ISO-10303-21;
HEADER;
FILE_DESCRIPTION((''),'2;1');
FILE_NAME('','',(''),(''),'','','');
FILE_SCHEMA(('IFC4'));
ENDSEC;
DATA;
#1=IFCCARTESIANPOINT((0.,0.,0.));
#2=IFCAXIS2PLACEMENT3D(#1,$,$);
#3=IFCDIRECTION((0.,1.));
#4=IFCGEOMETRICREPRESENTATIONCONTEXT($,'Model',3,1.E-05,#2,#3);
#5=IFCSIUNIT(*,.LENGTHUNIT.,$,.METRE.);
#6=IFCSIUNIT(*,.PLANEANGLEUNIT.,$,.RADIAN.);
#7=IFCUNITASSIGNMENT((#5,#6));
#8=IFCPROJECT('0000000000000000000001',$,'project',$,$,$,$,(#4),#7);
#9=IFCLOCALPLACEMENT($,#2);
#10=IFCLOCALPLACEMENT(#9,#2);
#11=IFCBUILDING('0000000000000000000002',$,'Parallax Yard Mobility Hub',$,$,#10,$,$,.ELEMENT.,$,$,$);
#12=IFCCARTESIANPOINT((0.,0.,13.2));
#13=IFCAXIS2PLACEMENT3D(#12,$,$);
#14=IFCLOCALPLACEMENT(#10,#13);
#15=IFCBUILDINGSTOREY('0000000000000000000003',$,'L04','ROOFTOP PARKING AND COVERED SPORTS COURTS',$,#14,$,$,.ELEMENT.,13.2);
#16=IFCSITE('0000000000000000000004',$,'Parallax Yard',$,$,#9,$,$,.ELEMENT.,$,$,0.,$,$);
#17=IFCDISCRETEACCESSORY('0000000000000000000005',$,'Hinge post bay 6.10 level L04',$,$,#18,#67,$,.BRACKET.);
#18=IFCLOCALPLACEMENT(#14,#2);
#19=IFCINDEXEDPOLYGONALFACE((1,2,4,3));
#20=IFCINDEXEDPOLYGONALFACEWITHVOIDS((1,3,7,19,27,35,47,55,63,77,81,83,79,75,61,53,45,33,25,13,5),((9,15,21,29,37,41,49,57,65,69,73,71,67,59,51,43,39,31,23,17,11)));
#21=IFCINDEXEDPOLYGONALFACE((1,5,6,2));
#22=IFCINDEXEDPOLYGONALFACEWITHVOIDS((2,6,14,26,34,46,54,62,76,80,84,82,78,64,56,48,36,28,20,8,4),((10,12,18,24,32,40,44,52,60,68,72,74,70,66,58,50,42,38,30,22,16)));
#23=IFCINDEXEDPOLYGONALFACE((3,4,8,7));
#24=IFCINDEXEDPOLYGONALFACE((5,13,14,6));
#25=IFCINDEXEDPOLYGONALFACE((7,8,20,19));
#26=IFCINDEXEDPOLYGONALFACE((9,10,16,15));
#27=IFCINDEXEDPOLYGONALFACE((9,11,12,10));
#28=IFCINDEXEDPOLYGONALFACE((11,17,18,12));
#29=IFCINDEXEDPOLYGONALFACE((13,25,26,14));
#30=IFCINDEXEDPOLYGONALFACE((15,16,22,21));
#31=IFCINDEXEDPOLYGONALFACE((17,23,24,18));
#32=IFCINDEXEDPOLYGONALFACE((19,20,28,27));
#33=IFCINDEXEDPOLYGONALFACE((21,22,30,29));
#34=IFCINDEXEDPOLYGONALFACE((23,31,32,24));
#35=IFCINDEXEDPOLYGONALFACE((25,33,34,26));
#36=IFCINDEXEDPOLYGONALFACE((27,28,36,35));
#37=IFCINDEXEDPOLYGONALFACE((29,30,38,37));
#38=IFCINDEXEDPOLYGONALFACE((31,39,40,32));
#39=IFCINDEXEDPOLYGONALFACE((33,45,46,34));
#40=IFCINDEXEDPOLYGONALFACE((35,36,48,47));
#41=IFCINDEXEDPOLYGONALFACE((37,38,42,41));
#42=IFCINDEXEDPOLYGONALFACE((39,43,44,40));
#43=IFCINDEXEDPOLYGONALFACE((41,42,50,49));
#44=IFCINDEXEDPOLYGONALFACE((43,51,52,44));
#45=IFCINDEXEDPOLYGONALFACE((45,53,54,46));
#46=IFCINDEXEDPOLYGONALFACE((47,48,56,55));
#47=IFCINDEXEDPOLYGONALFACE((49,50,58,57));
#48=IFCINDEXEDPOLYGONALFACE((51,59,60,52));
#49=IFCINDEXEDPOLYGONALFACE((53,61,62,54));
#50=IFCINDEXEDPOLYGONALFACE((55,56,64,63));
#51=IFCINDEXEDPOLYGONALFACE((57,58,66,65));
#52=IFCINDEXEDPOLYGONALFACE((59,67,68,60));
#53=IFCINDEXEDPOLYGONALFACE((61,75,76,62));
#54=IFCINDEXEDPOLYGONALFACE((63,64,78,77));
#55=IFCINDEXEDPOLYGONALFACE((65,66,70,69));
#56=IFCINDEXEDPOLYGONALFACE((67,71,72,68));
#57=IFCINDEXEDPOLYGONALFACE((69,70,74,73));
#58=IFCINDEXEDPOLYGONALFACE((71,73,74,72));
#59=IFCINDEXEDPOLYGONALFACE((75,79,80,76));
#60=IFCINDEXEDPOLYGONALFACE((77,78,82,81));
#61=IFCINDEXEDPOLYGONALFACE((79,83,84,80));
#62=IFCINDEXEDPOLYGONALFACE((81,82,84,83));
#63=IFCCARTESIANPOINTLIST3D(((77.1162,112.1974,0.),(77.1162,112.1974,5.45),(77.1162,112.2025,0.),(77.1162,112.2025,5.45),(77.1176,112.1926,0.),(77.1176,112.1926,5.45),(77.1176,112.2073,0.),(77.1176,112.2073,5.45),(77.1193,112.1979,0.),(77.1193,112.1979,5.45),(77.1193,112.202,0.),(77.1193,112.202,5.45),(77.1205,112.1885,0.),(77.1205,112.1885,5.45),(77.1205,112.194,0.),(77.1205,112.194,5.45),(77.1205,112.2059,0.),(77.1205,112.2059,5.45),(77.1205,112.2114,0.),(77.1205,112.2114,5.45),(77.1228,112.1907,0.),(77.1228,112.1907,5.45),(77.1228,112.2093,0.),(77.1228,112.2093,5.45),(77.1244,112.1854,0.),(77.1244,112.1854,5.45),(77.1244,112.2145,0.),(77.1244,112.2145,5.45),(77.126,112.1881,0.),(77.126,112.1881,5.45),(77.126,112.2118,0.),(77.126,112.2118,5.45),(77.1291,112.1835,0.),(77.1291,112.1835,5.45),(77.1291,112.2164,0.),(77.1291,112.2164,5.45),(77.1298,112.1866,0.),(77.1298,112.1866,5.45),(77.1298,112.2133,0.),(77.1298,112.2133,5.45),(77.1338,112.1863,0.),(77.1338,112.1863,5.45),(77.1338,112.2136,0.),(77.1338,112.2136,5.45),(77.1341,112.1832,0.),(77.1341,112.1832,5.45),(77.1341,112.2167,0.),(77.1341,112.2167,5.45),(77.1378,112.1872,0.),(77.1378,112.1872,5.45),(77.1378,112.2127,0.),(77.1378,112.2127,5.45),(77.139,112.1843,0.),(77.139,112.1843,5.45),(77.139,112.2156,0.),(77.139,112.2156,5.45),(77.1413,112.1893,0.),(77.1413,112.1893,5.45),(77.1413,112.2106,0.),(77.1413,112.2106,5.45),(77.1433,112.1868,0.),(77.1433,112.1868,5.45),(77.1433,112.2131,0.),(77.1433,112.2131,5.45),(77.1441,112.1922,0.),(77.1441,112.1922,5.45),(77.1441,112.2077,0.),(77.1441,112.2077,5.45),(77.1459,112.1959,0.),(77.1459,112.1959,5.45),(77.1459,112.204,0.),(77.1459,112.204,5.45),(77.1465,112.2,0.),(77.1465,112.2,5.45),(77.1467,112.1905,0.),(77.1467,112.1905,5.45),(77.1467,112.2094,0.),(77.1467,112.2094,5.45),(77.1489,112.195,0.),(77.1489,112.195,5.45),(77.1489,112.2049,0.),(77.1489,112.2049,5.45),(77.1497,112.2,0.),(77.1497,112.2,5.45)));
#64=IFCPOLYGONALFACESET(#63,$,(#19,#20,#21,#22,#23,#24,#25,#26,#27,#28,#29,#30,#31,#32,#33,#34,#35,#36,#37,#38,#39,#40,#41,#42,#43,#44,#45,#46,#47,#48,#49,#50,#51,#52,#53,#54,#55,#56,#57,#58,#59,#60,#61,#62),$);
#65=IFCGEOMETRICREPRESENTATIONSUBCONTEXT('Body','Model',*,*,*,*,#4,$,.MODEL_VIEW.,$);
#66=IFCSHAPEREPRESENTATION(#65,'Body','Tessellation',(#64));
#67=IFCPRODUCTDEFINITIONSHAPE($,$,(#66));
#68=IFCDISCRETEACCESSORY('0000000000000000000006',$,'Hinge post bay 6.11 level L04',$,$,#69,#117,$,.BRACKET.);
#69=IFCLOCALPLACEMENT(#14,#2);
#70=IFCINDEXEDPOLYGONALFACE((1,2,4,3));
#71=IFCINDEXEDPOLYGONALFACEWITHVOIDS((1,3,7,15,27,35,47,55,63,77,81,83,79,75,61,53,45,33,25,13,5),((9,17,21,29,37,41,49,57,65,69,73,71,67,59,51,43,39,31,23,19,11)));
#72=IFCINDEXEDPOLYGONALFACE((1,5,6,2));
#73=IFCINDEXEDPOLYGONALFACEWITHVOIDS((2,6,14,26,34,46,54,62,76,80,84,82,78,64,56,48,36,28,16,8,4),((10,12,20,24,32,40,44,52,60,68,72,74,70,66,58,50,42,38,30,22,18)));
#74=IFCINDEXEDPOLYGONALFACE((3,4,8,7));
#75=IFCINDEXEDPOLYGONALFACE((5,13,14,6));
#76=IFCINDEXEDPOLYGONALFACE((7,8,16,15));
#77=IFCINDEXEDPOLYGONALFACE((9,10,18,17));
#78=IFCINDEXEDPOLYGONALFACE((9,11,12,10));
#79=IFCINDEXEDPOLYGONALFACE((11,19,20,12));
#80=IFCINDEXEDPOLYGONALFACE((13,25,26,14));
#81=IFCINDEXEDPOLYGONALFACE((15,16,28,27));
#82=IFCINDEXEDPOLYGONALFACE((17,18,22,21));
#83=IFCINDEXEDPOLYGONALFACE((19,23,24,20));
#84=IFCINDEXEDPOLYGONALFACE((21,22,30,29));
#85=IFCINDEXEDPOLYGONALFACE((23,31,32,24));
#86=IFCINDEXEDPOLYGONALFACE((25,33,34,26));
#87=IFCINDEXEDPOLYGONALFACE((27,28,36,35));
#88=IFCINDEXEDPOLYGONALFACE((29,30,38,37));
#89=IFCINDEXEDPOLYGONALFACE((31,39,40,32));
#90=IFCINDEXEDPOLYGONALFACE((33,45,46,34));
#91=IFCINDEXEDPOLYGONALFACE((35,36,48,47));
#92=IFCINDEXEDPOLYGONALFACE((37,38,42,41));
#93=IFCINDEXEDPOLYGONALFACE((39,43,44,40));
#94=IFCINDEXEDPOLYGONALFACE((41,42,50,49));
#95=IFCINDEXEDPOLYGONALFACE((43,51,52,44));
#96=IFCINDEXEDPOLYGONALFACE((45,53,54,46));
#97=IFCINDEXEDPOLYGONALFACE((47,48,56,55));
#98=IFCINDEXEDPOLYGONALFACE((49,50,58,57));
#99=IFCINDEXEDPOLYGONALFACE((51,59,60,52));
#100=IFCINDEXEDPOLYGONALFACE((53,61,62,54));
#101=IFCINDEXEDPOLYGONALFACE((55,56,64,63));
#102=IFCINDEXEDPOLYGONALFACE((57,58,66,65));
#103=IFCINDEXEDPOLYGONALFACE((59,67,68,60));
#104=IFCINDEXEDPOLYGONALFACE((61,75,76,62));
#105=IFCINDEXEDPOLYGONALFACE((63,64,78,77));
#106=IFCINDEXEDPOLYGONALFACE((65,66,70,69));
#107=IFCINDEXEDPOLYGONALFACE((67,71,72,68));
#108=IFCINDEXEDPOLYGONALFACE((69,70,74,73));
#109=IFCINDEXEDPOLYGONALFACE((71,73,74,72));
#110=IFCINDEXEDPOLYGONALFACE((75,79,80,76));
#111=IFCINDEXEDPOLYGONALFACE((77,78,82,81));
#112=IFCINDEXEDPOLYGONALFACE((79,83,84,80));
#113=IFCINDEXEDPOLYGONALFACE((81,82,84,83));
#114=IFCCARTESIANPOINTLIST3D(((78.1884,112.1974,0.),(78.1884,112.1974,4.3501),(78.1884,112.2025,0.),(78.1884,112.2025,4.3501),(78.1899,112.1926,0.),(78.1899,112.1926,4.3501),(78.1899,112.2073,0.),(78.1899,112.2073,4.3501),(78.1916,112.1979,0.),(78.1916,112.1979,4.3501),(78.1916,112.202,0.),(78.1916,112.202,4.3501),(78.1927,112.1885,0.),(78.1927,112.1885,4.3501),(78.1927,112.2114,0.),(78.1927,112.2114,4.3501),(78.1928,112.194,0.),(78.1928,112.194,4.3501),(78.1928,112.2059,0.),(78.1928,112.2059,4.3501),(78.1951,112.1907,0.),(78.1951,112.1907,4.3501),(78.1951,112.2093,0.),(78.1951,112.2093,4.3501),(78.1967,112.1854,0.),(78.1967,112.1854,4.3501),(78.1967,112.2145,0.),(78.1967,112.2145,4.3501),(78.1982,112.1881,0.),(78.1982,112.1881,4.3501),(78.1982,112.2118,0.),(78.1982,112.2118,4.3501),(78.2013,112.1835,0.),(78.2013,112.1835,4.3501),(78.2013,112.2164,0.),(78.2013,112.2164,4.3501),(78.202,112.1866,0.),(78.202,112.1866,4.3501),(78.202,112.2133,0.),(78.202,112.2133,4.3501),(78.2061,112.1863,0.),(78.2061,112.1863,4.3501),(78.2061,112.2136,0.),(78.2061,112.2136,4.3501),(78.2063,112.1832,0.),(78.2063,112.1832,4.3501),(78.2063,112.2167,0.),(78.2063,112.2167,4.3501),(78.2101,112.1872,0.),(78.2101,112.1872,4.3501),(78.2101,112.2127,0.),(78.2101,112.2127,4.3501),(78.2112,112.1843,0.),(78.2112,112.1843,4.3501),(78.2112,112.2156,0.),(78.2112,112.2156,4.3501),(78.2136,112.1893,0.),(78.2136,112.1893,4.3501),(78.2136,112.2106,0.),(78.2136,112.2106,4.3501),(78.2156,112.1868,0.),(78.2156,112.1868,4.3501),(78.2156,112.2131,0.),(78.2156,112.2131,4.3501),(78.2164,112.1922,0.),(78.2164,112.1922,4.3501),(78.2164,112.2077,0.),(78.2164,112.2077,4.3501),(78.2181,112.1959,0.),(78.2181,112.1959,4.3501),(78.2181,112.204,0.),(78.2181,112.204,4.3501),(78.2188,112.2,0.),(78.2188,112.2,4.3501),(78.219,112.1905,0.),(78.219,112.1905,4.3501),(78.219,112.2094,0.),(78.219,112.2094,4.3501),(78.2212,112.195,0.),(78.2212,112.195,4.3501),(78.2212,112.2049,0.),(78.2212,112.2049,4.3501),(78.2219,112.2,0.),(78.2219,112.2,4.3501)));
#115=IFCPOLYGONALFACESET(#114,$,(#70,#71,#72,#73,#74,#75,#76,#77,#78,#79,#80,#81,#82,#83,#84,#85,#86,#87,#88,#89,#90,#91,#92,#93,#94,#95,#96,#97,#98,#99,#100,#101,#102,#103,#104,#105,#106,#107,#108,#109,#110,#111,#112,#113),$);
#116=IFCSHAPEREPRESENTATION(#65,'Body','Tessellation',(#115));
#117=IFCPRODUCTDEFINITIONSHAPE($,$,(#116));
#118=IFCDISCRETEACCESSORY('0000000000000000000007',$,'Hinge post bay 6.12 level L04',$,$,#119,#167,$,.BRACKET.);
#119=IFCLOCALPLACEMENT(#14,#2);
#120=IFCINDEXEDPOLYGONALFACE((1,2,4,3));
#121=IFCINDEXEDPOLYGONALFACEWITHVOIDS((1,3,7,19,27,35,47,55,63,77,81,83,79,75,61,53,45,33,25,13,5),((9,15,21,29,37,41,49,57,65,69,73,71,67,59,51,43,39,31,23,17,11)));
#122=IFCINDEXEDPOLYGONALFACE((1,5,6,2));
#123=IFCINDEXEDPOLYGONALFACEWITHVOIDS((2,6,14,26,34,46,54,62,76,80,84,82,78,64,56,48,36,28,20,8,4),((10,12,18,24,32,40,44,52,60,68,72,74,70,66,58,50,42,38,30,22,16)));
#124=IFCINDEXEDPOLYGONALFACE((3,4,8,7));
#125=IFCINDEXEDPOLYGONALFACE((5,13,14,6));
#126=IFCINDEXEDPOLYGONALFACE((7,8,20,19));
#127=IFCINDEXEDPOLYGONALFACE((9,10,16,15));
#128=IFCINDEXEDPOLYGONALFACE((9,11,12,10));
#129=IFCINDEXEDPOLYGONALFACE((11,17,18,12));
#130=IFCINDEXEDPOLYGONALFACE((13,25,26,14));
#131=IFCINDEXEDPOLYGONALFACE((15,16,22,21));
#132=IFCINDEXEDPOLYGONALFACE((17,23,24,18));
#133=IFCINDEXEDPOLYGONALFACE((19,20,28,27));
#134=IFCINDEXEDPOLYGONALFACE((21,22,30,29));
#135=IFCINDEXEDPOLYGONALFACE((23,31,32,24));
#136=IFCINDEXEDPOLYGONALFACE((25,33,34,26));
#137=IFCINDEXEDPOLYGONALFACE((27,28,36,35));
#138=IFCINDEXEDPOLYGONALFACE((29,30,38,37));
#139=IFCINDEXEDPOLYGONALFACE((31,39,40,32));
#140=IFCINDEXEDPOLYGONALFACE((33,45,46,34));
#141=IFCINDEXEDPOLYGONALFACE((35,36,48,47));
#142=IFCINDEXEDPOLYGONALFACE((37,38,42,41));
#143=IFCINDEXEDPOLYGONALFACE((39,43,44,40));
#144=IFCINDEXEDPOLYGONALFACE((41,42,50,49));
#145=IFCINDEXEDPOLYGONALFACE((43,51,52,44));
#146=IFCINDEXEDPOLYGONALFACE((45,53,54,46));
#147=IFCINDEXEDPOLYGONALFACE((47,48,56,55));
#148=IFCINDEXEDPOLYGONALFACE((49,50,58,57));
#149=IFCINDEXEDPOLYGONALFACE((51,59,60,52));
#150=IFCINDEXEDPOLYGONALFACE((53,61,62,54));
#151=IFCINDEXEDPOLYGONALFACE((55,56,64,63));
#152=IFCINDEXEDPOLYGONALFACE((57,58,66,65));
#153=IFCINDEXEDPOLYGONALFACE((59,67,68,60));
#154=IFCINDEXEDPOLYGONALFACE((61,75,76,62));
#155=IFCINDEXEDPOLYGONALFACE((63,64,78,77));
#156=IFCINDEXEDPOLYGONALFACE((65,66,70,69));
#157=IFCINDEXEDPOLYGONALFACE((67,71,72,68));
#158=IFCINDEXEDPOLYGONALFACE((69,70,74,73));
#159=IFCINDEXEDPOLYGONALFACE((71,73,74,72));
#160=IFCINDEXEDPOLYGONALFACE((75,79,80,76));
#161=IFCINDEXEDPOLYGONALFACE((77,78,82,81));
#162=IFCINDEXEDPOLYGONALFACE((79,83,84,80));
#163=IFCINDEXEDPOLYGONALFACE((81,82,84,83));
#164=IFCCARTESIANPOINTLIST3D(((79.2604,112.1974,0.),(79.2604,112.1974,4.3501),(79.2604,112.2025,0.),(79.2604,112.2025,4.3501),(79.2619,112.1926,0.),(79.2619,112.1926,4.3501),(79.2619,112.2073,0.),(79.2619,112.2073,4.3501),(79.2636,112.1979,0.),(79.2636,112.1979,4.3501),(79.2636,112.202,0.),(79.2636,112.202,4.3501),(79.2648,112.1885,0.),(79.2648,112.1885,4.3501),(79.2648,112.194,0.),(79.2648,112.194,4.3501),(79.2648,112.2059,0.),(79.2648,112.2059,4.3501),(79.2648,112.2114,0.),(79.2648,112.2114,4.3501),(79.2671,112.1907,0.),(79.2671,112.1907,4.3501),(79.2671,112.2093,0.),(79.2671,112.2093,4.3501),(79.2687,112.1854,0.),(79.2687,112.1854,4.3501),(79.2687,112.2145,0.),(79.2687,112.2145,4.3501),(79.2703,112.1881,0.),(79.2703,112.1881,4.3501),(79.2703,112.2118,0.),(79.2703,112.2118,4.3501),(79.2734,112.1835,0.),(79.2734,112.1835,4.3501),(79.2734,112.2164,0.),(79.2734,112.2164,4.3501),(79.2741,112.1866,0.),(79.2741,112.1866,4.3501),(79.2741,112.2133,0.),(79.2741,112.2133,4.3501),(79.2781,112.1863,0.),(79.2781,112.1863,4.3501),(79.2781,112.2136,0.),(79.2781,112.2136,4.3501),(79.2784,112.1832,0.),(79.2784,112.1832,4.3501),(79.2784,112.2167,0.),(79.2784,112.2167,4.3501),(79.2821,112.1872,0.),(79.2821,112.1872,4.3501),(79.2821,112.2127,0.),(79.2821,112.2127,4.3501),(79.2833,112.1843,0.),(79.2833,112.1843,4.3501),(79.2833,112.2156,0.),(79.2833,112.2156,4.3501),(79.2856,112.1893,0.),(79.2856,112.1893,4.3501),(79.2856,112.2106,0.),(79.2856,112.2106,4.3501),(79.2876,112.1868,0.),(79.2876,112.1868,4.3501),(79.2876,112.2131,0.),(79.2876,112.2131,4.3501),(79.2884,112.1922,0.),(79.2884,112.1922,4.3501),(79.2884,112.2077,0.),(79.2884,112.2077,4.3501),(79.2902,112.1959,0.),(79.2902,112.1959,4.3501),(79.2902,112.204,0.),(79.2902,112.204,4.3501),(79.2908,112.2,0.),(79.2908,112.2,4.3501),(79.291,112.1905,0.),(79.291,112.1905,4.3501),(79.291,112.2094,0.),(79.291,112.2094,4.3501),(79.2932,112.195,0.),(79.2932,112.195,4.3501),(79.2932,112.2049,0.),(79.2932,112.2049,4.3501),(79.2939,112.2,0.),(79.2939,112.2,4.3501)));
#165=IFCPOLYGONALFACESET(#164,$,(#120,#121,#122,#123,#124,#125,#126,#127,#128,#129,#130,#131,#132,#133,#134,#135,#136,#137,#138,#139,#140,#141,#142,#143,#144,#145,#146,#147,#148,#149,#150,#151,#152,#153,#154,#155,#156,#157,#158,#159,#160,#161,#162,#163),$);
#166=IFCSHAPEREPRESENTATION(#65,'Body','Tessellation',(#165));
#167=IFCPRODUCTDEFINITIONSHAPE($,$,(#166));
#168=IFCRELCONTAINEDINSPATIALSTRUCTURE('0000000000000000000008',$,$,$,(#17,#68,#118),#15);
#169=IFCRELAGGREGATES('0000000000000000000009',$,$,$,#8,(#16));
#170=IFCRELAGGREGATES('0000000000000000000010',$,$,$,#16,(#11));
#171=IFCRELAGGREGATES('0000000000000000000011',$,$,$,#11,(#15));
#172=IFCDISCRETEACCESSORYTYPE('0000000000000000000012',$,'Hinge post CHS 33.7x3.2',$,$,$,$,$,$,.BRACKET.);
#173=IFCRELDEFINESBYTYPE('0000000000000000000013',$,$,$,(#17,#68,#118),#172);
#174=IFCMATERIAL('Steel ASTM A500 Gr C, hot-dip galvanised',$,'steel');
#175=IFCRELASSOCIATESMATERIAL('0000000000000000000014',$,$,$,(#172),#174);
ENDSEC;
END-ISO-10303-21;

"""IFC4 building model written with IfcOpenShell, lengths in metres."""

from ifc_helpers import new_model, si_unit, direction, frame, origin, origin_2d, place, context, subcontext, project, spatial, hollow_circle, extrude, material, material_profile, profile_set, type_object, element, save


model = new_model("IFC4")

# Units and contexts
model_context = context("Model", 3, precision=1e-05, world=origin(), true_north=direction((0.0, 1.0)))
body_context = subcontext(model_context, "Body", "Model", "MODEL_VIEW")
ifc_project = project(units=[si_unit("LENGTHUNIT", "METRE"), si_unit("PLANEANGLEUNIT", "RADIAN")], contexts=[model_context])

# Site, building, storey
site_placement = place(None, origin())
site = spatial("IfcSite", under=ifc_project, at=site_placement, Name="Parallax Yard", CompositionType="ELEMENT", RefElevation=0.0)
building_placement = place(site_placement, origin())
building = spatial("IfcBuilding", under=site, at=building_placement, Name="Parallax Yard Mobility Hub", CompositionType="ELEMENT")
storey_placement = place(building_placement, frame((0.0, 0.0, 13.2)))
storey = spatial("IfcBuildingStorey", under=building, at=storey_placement, Name="L04", Description="ROOFTOP PARKING AND COVERED SPORTS COURTS", CompositionType="ELEMENT", Elevation=13.2)

# Discrete accessories
ifc_material_1 = material(Name="Steel ASTM A500 Gr C, hot-dip galvanised", Category="steel")
ifc_material_profile = material_profile(ifc_material_1, hollow_circle(Radius=0.0168, WallThickness=0.0032, at=origin_2d()), Name="CHS 33.7x3.2")
ifc_profile_set = profile_set([ifc_material_profile], Name="Steel ASTM A500 Gr C, hot-dip galvanised")
discrete_accessory_type_1 = type_object("IfcDiscreteAccessoryType", Name="Hinge post CHS 33.7x3.2", PredefinedType="BRACKET", material=ifc_profile_set)
for number, where, z_axis, x_axis, name in (
    (1, (77.1328, 112.2, 0.0), (0.0, 0.0, 1.0), (1.0, 0.0, 0.0), "Hinge post bay 6.10 level L04"),
):
    element("IfcDiscreteAccessory", number, at=place(storey_placement, frame(where, z_axis=z_axis, x_axis=x_axis)), inside=storey, type_object=discrete_accessory_type_1, Name=name, PredefinedType="BRACKET", context=body_context, shape_type="SweptSolid", body=[
        extrude(hollow_circle(Radius=0.0168, WallThickness=0.0032, at=origin_2d()), origin(), (0.0, 0.0, 1.0), 5.45),
    ])
for number, where, z_axis, x_axis, name in (
    (2, (78.2051, 112.2, 0.0), (0.0, 0.0, 1.0), (1.0, 0.0, 0.0), "Hinge post bay 6.11 level L04"),
    (3, (79.2771, 112.2, 0.0), (0.0, 0.0, 1.0), (1.0, 0.0, 0.0), "Hinge post bay 6.12 level L04"),
):
    element("IfcDiscreteAccessory", number, at=place(storey_placement, frame(where, z_axis=z_axis, x_axis=x_axis)), inside=storey, type_object=discrete_accessory_type_1, Name=name, PredefinedType="BRACKET", context=body_context, shape_type="SweptSolid", body=[
        extrude(hollow_circle(Radius=0.0168, WallThickness=0.0032, at=origin_2d()), origin(), (0.0, 0.0, 1.0), 4.3501),
    ])

save(model, "model.ifc")
